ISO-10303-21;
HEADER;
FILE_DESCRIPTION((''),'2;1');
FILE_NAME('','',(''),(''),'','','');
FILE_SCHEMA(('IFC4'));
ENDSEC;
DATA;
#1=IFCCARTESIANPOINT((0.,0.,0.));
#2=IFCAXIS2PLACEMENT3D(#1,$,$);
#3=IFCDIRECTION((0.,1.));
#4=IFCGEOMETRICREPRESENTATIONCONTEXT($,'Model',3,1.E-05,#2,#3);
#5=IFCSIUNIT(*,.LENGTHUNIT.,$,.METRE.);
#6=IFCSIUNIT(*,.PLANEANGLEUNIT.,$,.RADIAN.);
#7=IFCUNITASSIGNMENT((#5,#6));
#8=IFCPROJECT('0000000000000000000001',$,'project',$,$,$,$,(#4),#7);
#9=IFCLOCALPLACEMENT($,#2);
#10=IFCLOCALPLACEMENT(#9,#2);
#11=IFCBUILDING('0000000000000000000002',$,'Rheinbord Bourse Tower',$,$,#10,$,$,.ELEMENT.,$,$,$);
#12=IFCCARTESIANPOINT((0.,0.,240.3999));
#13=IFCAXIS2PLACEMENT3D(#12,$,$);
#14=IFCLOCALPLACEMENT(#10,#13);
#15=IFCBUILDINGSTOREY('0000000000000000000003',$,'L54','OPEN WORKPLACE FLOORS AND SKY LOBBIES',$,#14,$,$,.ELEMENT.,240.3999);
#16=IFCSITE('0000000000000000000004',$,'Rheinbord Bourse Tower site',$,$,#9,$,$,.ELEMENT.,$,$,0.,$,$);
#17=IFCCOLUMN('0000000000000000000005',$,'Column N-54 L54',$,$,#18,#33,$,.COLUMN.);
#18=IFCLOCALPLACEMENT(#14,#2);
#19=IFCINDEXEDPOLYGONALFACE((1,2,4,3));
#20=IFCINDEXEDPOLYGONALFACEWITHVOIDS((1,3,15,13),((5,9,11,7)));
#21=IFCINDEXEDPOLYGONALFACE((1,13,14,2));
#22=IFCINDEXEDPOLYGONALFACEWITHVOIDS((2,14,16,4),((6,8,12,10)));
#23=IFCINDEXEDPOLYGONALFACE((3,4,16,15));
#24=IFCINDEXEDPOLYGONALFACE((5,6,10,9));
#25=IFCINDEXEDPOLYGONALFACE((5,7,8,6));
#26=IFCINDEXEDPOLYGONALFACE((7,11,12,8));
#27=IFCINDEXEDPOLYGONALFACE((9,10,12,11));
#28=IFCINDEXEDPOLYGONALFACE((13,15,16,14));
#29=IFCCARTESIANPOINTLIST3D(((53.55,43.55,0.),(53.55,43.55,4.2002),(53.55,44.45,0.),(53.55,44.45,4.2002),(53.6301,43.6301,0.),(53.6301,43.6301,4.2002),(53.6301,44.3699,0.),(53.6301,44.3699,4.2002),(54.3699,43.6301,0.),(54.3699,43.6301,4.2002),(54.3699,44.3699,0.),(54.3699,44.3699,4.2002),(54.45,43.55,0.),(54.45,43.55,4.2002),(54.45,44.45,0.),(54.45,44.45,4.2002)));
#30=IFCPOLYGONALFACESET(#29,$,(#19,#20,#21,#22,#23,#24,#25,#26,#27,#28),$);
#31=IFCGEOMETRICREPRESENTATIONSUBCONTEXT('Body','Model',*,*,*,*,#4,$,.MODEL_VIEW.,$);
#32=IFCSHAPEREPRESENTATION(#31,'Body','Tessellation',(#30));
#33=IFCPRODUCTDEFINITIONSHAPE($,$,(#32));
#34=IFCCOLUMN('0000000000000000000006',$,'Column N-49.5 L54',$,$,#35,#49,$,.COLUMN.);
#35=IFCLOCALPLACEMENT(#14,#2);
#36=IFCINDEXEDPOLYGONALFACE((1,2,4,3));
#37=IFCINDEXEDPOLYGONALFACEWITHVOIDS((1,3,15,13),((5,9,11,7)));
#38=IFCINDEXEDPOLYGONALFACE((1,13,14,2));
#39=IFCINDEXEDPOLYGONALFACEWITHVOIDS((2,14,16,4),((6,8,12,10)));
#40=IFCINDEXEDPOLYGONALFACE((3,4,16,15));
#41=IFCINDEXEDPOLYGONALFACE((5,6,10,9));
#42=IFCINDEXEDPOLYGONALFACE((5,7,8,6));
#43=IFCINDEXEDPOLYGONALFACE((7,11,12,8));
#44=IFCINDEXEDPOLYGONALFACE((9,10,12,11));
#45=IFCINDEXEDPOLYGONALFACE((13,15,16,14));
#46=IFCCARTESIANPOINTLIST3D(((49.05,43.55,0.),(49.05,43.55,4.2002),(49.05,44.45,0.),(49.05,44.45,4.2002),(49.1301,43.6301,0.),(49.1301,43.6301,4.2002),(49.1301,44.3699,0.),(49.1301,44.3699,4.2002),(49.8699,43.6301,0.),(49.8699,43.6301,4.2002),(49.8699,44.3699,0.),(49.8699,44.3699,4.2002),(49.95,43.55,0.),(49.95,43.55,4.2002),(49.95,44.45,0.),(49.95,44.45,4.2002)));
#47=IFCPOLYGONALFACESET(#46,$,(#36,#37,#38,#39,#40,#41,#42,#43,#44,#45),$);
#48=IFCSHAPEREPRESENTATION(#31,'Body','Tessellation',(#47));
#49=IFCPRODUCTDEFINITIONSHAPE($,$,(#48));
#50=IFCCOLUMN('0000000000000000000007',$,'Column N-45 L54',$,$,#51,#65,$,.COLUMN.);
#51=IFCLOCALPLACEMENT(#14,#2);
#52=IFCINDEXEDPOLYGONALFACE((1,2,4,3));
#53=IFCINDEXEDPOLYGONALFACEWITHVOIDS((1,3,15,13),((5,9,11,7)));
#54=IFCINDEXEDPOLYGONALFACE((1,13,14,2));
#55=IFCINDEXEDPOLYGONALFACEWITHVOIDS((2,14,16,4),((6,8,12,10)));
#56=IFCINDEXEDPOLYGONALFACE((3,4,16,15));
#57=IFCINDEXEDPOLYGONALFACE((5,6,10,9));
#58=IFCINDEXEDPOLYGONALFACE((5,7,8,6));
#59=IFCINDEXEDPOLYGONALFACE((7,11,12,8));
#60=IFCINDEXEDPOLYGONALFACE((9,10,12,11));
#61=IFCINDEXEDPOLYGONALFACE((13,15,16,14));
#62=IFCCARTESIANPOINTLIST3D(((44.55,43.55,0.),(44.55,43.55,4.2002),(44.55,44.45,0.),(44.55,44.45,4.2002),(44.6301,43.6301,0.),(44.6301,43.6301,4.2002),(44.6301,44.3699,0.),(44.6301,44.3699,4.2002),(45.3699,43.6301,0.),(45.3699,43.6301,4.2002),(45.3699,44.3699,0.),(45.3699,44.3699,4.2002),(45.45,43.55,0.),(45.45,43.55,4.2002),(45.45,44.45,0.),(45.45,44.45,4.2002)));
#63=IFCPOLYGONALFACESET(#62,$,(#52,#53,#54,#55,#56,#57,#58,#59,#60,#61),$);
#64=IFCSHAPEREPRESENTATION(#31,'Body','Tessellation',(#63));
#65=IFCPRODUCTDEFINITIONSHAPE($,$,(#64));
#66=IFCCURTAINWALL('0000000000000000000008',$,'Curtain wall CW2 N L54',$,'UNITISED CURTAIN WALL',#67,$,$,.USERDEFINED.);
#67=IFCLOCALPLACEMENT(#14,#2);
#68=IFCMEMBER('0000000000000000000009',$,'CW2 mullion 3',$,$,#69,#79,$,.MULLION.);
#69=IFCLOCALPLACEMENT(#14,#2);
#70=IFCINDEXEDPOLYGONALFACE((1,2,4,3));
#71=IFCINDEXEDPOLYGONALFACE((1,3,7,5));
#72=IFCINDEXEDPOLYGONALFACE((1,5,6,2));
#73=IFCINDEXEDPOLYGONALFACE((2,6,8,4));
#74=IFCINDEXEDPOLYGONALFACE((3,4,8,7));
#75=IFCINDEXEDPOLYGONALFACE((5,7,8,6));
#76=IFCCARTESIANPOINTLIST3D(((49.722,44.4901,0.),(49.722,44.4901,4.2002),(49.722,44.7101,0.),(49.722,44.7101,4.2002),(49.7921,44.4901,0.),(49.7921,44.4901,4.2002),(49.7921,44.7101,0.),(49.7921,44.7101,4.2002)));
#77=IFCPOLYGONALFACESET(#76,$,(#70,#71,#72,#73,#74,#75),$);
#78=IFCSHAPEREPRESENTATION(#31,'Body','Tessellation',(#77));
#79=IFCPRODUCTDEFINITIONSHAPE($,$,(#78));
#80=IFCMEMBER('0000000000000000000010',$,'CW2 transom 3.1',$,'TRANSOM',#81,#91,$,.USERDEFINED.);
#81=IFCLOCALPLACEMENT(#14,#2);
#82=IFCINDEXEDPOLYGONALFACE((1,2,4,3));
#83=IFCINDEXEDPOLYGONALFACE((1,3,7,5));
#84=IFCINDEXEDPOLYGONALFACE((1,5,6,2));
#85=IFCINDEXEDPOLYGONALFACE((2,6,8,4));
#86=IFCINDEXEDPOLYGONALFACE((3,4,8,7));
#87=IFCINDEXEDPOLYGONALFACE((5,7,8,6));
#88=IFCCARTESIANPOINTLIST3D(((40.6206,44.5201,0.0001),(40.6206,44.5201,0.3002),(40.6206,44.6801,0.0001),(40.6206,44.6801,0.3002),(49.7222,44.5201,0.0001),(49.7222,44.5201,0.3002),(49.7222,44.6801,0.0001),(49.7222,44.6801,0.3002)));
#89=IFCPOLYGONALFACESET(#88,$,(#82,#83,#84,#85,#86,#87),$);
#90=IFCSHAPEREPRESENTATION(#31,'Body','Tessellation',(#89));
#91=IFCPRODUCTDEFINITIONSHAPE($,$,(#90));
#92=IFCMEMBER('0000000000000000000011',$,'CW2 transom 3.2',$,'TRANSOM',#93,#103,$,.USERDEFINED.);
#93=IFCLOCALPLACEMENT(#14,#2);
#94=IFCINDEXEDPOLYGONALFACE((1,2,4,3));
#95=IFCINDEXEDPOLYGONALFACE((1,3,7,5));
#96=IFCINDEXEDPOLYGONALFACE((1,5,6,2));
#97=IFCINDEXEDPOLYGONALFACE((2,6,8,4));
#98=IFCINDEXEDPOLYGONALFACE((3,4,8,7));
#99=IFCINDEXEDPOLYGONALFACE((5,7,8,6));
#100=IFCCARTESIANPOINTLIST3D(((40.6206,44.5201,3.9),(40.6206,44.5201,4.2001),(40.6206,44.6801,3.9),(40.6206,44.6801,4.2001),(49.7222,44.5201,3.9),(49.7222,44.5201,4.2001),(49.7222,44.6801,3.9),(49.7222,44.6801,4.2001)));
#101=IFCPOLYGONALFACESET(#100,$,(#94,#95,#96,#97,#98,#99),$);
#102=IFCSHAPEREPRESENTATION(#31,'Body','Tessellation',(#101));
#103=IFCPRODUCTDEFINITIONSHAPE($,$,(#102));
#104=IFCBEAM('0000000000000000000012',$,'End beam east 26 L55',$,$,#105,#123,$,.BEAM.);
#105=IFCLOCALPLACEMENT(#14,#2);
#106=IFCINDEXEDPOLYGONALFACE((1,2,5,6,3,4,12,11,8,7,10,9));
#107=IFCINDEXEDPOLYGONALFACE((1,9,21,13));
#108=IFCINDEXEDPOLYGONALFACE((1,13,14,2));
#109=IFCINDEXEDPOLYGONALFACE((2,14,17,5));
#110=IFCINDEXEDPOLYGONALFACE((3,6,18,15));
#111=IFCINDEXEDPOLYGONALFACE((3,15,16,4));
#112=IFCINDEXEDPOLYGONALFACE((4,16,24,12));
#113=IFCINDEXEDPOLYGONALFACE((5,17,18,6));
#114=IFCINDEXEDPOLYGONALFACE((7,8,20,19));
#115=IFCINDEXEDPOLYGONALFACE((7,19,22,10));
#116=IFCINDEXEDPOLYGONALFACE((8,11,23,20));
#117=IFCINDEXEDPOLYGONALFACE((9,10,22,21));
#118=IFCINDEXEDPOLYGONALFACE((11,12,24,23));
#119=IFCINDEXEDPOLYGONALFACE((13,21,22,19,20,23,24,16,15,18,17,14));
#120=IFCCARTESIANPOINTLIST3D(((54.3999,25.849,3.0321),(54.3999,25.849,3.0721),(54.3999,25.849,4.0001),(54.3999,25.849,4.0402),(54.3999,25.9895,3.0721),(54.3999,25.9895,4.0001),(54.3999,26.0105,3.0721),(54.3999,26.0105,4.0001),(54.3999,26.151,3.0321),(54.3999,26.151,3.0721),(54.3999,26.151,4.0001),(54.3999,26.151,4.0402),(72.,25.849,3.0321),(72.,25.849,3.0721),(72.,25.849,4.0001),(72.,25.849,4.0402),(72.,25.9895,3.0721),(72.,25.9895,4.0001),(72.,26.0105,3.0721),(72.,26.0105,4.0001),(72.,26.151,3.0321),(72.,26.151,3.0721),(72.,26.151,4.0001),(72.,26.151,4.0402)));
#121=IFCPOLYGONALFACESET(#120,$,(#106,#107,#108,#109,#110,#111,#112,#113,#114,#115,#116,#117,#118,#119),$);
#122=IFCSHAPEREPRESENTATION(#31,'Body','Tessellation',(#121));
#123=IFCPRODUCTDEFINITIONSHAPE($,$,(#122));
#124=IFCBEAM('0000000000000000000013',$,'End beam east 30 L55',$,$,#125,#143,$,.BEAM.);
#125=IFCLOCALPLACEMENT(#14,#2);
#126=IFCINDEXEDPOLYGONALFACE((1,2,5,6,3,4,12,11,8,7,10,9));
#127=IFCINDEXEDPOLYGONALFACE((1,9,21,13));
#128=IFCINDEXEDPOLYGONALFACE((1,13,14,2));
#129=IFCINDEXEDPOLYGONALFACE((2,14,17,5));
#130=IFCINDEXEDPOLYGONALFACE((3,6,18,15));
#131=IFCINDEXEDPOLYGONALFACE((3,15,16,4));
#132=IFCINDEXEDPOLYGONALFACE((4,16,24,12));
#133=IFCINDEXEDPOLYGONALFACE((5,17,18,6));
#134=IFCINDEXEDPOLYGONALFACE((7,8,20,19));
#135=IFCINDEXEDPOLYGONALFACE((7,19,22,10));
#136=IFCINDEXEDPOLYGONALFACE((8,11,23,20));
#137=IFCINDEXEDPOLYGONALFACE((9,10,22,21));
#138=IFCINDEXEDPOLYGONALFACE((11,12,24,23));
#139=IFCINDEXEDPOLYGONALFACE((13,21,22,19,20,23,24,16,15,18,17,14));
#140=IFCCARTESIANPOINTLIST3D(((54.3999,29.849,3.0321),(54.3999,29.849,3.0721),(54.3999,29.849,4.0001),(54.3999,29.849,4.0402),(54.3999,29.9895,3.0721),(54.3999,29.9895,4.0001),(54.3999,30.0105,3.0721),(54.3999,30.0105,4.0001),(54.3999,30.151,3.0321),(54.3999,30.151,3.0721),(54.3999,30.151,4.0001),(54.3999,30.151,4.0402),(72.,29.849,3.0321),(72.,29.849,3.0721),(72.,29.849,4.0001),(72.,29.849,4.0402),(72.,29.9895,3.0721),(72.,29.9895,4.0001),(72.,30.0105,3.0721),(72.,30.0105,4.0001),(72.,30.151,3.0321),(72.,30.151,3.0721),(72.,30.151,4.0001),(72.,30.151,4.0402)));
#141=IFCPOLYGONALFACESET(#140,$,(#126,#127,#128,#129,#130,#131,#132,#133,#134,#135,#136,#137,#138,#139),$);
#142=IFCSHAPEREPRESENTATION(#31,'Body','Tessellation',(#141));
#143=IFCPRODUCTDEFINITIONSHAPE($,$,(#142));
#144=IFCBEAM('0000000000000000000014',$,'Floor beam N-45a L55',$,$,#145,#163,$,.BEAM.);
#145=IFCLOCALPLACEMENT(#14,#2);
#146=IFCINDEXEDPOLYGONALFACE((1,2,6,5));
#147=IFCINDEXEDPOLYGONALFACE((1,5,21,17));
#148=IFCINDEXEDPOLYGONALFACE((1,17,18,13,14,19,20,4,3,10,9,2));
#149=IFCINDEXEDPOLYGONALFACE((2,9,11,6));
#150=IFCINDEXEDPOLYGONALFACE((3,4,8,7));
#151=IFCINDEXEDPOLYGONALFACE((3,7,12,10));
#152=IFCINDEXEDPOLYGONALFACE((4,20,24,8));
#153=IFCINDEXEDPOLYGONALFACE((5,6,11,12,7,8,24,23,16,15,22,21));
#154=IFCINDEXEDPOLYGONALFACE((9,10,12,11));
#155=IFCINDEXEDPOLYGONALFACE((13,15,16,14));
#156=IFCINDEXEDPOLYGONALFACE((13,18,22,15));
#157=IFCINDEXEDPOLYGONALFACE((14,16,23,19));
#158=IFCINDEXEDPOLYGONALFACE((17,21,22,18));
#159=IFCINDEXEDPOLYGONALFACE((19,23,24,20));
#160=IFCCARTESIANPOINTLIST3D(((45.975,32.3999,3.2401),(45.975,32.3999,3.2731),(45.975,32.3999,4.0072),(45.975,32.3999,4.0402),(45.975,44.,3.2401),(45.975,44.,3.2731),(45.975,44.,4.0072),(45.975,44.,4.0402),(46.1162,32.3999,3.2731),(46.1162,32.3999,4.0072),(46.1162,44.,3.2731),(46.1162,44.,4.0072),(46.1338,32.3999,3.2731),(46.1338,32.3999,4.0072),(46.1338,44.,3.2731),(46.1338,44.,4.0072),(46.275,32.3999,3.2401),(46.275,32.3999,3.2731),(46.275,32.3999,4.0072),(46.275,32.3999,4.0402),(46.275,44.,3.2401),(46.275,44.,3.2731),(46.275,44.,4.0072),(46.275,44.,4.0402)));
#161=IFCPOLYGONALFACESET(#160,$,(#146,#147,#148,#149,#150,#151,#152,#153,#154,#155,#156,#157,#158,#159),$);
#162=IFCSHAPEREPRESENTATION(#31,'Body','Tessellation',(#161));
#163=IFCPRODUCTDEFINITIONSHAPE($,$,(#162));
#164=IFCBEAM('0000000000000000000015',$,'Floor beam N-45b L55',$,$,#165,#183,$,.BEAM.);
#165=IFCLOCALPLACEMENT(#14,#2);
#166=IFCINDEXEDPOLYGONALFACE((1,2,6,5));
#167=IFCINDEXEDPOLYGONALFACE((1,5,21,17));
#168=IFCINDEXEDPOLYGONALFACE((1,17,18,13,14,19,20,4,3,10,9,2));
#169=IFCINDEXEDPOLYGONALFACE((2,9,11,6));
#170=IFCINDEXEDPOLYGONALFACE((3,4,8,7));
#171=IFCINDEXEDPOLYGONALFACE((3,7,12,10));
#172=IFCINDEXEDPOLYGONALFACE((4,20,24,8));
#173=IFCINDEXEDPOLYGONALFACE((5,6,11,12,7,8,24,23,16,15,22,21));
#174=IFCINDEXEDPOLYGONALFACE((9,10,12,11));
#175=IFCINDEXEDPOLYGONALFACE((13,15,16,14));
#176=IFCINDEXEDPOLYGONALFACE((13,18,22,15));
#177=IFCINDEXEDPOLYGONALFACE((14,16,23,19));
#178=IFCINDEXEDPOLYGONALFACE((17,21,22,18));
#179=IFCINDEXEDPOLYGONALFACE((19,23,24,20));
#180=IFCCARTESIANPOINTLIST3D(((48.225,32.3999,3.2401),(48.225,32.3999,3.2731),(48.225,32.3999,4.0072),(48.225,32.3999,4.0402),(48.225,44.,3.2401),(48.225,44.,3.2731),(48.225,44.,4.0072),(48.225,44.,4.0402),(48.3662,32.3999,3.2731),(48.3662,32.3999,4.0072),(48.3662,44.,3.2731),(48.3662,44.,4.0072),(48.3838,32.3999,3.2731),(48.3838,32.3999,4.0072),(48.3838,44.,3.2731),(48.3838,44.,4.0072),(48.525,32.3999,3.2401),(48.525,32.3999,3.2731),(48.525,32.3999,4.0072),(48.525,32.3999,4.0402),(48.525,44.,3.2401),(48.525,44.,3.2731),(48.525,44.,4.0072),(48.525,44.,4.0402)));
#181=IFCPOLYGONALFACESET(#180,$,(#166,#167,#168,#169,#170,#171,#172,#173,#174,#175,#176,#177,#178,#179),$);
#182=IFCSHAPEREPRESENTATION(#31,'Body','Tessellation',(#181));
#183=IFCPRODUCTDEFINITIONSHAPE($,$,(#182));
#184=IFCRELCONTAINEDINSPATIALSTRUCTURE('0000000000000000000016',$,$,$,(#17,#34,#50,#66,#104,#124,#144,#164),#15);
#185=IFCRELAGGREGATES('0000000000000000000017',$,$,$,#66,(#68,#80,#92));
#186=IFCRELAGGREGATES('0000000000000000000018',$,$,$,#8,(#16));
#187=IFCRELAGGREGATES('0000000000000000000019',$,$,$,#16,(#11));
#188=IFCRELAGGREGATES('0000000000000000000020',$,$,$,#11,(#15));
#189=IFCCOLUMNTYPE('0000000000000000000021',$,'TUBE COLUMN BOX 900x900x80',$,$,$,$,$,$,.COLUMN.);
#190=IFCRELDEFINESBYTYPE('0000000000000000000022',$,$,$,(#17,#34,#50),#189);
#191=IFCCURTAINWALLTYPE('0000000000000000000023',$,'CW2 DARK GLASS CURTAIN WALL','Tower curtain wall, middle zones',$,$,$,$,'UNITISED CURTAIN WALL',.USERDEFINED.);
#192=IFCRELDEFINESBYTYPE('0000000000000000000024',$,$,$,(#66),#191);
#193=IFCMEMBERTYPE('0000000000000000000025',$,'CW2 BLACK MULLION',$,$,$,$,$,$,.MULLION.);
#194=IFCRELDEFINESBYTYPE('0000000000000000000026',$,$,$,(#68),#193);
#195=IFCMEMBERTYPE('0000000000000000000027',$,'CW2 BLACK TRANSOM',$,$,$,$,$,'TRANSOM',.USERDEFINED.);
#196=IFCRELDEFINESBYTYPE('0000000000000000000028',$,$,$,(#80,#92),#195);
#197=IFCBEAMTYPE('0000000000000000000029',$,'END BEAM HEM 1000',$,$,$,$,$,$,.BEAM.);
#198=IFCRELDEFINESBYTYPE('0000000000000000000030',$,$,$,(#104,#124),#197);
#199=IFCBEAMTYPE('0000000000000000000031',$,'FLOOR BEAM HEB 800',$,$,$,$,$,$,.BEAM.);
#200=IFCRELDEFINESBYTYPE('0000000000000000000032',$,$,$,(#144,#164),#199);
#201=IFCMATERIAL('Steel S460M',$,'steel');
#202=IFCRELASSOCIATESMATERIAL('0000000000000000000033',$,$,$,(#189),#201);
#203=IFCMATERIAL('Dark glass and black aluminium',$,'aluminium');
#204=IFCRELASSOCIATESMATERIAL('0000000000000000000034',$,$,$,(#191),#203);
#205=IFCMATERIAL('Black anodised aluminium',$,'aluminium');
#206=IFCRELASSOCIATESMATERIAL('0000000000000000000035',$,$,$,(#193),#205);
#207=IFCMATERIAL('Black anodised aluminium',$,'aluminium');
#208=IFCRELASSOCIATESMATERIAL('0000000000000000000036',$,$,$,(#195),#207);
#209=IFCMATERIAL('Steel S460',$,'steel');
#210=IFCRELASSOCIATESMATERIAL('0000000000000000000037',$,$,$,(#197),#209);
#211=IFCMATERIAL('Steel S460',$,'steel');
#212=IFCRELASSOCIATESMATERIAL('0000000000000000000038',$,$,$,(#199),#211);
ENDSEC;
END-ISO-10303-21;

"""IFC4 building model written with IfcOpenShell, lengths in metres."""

from ifc_helpers import new_model, si_unit, direction, frame, origin, origin_2d, place, context, subcontext, project, spatial, rectangle, hollow_rectangle, i_section, extrude, material, material_profile, profile_set, type_object, element, aggregate, save


model = new_model("IFC4")

# Units and contexts
model_context = context("Model", 3, precision=1e-05, world=origin(), true_north=direction((0.0, 1.0)))
body_context = subcontext(model_context, "Body", "Model", "MODEL_VIEW")
ifc_project = project(units=[si_unit("LENGTHUNIT", "METRE"), si_unit("PLANEANGLEUNIT", "RADIAN")], contexts=[model_context])

# Site, building, storey
site_placement = place(None, origin())
site = spatial("IfcSite", under=ifc_project, at=site_placement, Name="Rheinbord Bourse Tower site", CompositionType="ELEMENT", RefElevation=0.0)
building_placement = place(site_placement, origin())
building = spatial("IfcBuilding", under=site, at=building_placement, Name="Rheinbord Bourse Tower", CompositionType="ELEMENT")
storey_placement = place(building_placement, frame((0.0, 0.0, 240.3999)))
storey = spatial("IfcBuildingStorey", under=building, at=storey_placement, Name="L54", Description="OPEN WORKPLACE FLOORS AND SKY LOBBIES", CompositionType="ELEMENT", Elevation=240.3999)

# Columns
ifc_material_1 = material(Name="Steel S460M", Category="steel")
ifc_material_profile_1 = material_profile(ifc_material_1, hollow_rectangle(XDim=0.8999, YDim=0.8999, WallThickness=0.0801, at=origin_2d()), Name="BOX 900x900x80")
ifc_profile_set_1 = profile_set([ifc_material_profile_1], Name="Steel S460M")
column_type = type_object("IfcColumnType", Name="TUBE COLUMN BOX 900x900x80", PredefinedType="COLUMN", material=ifc_profile_set_1)
for number, where, z_axis, x_axis, name in (
    (1, (54.0, 44.0, 0.0), (0.0, 0.0, 1.0), (0.0, 1.0, 0.0), "Column N-54 L54"),
    (2, (49.5, 44.0, 0.0), (0.0, 0.0, 1.0), (0.0, 1.0, 0.0), "Column N-49.5 L54"),
    (3, (45.0, 44.0, 0.0), (0.0, 0.0, 1.0), (0.0, 1.0, 0.0), "Column N-45 L54"),
):
    element("IfcColumn", number, at=place(storey_placement, frame(where, z_axis=z_axis, x_axis=x_axis)), inside=storey, type_object=column_type, Name=name, PredefinedType="COLUMN", context=body_context, shape_type="SweptSolid", body=[
        extrude(hollow_rectangle(XDim=0.8999, YDim=0.8999, WallThickness=0.0801, at=origin_2d()), origin(), (0.0, 0.0, 1.0), 4.2002),
    ])

# Curtain wall, members
ifc_material_2 = material(Name="Dark glass and black aluminium", Category="aluminium")
curtain_wall_type = type_object("IfcCurtainWallType", Name="CW2 DARK GLASS CURTAIN WALL", Description="Tower curtain wall, middle zones", ElementType="UNITISED CURTAIN WALL", PredefinedType="USERDEFINED", material=ifc_material_2)
curtain_wall_placement = place(storey_placement, origin())
curtain_wall = element("IfcCurtainWall", 4, at=curtain_wall_placement, inside=storey, type_object=curtain_wall_type, Name="Curtain wall CW2 N L54", ObjectType="UNITISED CURTAIN WALL", PredefinedType="USERDEFINED")
ifc_material_3 = material(Name="Black anodised aluminium", Category="aluminium")
ifc_material_profile_2 = material_profile(ifc_material_3, rectangle(XDim=0.22, YDim=0.0701, at=origin_2d()), Name="CW2 MULLION 70x220")
ifc_profile_set_2 = profile_set([ifc_material_profile_2], Name="Black anodised aluminium")
member_type_1 = type_object("IfcMemberType", Name="CW2 BLACK MULLION", PredefinedType="MULLION", material=ifc_profile_set_2)
member_1_placement = place(storey_placement, frame((49.7571, 44.6001, 0.0), z_axis=(0.0, 0.0, 1.0), x_axis=(0.0, -1.0, 0.0)))
member_1 = element("IfcMember", 5, at=member_1_placement, type_object=member_type_1, Name="CW2 mullion 3", PredefinedType="MULLION", context=body_context, shape_type="SweptSolid", body=[
    extrude(rectangle(XDim=0.22, YDim=0.0701, at=origin_2d()), origin(), (0.0, 0.0, 1.0), 4.2002),
])
ifc_material_4 = material(Name="Black anodised aluminium", Category="aluminium")
ifc_material_profile_3 = material_profile(ifc_material_4, rectangle(XDim=0.1599, YDim=0.3, at=origin_2d()), Name="CW2 TRANSOM 300x160")
ifc_profile_set_3 = profile_set([ifc_material_profile_3], Name="Black anodised aluminium")
member_type_2 = type_object("IfcMemberType", Name="CW2 BLACK TRANSOM", ElementType="TRANSOM", PredefinedType="USERDEFINED", material=ifc_profile_set_3)
member_2_placement = place(storey_placement, frame((49.7222, 44.6001, 0.1501), z_axis=(-1.0, 0.0, 0.0), x_axis=(0.0, -1.0, 0.0)))
member_2 = element("IfcMember", 6, at=member_2_placement, type_object=member_type_2, Name="CW2 transom 3.1", ObjectType="TRANSOM", PredefinedType="USERDEFINED", context=body_context, shape_type="SweptSolid", body=[
    extrude(rectangle(XDim=0.1599, YDim=0.3, at=origin_2d()), origin(), (0.0, 0.0, 1.0), 9.1016),
])
member_3_placement = place(storey_placement, frame((49.7222, 44.6001, 4.05), z_axis=(-1.0, 0.0, 0.0), x_axis=(0.0, -1.0, 0.0)))
member_3 = element("IfcMember", 7, at=member_3_placement, type_object=member_type_2, Name="CW2 transom 3.2", ObjectType="TRANSOM", PredefinedType="USERDEFINED", context=body_context, shape_type="SweptSolid", body=[
    extrude(rectangle(XDim=0.1599, YDim=0.3, at=origin_2d()), origin(), (0.0, 0.0, 1.0), 9.1016),
])

# Beams
ifc_material_5 = material(Name="Steel S460", Category="steel")
ifc_material_profile_4 = material_profile(ifc_material_5, i_section(OverallWidth=0.302, OverallDepth=1.0081, WebThickness=0.021, FlangeThickness=0.04, at=origin_2d()), Name="HEM 1000")
ifc_profile_set_4 = profile_set([ifc_material_profile_4], Name="Steel S460")
beam_type_1 = type_object("IfcBeamType", Name="END BEAM HEM 1000", PredefinedType="BEAM", material=ifc_profile_set_4)
for number, where, z_axis, x_axis, name in (
    (8, (54.3999, 26.0, 3.5361), (1.0, 0.0, 0.0), (0.0, 1.0, 0.0), "End beam east 26 L55"),
    (9, (54.3999, 30.0, 3.5361), (1.0, 0.0, 0.0), (0.0, 1.0, 0.0), "End beam east 30 L55"),
):
    element("IfcBeam", number, at=place(storey_placement, frame(where, z_axis=z_axis, x_axis=x_axis)), inside=storey, type_object=beam_type_1, Name=name, PredefinedType="BEAM", context=body_context, shape_type="SweptSolid", body=[
        extrude(i_section(OverallWidth=0.302, OverallDepth=1.0081, WebThickness=0.021, FlangeThickness=0.04, at=origin_2d()), origin(), (0.0, 0.0, 1.0), 17.6001),
    ])
ifc_material_6 = material(Name="Steel S460", Category="steel")
ifc_material_profile_5 = material_profile(ifc_material_6, i_section(OverallWidth=0.3, OverallDepth=0.8, WebThickness=0.0176, FlangeThickness=0.033, at=origin_2d()), Name="HEB 800")
ifc_profile_set_5 = profile_set([ifc_material_profile_5], Name="Steel S460")
beam_type_2 = type_object("IfcBeamType", Name="FLOOR BEAM HEB 800", PredefinedType="BEAM", material=ifc_profile_set_5)
for number, where, z_axis, x_axis, name in (
    (10, (46.125, 44.0, 3.6401), (0.0, -1.0, 0.0), (1.0, 0.0, 0.0), "Floor beam N-45a L55"),
    (11, (48.375, 44.0, 3.6401), (0.0, -1.0, 0.0), (1.0, 0.0, 0.0), "Floor beam N-45b L55"),
):
    element("IfcBeam", number, at=place(storey_placement, frame(where, z_axis=z_axis, x_axis=x_axis)), inside=storey, type_object=beam_type_2, Name=name, PredefinedType="BEAM", context=body_context, shape_type="SweptSolid", body=[
        extrude(i_section(OverallWidth=0.3, OverallDepth=0.8, WebThickness=0.0176, FlangeThickness=0.033, at=origin_2d()), origin(), (0.0, 0.0, 1.0), 11.6001),
    ])

aggregate(curtain_wall, [member_1, member_2, member_3])

save(model, "model.ifc")
